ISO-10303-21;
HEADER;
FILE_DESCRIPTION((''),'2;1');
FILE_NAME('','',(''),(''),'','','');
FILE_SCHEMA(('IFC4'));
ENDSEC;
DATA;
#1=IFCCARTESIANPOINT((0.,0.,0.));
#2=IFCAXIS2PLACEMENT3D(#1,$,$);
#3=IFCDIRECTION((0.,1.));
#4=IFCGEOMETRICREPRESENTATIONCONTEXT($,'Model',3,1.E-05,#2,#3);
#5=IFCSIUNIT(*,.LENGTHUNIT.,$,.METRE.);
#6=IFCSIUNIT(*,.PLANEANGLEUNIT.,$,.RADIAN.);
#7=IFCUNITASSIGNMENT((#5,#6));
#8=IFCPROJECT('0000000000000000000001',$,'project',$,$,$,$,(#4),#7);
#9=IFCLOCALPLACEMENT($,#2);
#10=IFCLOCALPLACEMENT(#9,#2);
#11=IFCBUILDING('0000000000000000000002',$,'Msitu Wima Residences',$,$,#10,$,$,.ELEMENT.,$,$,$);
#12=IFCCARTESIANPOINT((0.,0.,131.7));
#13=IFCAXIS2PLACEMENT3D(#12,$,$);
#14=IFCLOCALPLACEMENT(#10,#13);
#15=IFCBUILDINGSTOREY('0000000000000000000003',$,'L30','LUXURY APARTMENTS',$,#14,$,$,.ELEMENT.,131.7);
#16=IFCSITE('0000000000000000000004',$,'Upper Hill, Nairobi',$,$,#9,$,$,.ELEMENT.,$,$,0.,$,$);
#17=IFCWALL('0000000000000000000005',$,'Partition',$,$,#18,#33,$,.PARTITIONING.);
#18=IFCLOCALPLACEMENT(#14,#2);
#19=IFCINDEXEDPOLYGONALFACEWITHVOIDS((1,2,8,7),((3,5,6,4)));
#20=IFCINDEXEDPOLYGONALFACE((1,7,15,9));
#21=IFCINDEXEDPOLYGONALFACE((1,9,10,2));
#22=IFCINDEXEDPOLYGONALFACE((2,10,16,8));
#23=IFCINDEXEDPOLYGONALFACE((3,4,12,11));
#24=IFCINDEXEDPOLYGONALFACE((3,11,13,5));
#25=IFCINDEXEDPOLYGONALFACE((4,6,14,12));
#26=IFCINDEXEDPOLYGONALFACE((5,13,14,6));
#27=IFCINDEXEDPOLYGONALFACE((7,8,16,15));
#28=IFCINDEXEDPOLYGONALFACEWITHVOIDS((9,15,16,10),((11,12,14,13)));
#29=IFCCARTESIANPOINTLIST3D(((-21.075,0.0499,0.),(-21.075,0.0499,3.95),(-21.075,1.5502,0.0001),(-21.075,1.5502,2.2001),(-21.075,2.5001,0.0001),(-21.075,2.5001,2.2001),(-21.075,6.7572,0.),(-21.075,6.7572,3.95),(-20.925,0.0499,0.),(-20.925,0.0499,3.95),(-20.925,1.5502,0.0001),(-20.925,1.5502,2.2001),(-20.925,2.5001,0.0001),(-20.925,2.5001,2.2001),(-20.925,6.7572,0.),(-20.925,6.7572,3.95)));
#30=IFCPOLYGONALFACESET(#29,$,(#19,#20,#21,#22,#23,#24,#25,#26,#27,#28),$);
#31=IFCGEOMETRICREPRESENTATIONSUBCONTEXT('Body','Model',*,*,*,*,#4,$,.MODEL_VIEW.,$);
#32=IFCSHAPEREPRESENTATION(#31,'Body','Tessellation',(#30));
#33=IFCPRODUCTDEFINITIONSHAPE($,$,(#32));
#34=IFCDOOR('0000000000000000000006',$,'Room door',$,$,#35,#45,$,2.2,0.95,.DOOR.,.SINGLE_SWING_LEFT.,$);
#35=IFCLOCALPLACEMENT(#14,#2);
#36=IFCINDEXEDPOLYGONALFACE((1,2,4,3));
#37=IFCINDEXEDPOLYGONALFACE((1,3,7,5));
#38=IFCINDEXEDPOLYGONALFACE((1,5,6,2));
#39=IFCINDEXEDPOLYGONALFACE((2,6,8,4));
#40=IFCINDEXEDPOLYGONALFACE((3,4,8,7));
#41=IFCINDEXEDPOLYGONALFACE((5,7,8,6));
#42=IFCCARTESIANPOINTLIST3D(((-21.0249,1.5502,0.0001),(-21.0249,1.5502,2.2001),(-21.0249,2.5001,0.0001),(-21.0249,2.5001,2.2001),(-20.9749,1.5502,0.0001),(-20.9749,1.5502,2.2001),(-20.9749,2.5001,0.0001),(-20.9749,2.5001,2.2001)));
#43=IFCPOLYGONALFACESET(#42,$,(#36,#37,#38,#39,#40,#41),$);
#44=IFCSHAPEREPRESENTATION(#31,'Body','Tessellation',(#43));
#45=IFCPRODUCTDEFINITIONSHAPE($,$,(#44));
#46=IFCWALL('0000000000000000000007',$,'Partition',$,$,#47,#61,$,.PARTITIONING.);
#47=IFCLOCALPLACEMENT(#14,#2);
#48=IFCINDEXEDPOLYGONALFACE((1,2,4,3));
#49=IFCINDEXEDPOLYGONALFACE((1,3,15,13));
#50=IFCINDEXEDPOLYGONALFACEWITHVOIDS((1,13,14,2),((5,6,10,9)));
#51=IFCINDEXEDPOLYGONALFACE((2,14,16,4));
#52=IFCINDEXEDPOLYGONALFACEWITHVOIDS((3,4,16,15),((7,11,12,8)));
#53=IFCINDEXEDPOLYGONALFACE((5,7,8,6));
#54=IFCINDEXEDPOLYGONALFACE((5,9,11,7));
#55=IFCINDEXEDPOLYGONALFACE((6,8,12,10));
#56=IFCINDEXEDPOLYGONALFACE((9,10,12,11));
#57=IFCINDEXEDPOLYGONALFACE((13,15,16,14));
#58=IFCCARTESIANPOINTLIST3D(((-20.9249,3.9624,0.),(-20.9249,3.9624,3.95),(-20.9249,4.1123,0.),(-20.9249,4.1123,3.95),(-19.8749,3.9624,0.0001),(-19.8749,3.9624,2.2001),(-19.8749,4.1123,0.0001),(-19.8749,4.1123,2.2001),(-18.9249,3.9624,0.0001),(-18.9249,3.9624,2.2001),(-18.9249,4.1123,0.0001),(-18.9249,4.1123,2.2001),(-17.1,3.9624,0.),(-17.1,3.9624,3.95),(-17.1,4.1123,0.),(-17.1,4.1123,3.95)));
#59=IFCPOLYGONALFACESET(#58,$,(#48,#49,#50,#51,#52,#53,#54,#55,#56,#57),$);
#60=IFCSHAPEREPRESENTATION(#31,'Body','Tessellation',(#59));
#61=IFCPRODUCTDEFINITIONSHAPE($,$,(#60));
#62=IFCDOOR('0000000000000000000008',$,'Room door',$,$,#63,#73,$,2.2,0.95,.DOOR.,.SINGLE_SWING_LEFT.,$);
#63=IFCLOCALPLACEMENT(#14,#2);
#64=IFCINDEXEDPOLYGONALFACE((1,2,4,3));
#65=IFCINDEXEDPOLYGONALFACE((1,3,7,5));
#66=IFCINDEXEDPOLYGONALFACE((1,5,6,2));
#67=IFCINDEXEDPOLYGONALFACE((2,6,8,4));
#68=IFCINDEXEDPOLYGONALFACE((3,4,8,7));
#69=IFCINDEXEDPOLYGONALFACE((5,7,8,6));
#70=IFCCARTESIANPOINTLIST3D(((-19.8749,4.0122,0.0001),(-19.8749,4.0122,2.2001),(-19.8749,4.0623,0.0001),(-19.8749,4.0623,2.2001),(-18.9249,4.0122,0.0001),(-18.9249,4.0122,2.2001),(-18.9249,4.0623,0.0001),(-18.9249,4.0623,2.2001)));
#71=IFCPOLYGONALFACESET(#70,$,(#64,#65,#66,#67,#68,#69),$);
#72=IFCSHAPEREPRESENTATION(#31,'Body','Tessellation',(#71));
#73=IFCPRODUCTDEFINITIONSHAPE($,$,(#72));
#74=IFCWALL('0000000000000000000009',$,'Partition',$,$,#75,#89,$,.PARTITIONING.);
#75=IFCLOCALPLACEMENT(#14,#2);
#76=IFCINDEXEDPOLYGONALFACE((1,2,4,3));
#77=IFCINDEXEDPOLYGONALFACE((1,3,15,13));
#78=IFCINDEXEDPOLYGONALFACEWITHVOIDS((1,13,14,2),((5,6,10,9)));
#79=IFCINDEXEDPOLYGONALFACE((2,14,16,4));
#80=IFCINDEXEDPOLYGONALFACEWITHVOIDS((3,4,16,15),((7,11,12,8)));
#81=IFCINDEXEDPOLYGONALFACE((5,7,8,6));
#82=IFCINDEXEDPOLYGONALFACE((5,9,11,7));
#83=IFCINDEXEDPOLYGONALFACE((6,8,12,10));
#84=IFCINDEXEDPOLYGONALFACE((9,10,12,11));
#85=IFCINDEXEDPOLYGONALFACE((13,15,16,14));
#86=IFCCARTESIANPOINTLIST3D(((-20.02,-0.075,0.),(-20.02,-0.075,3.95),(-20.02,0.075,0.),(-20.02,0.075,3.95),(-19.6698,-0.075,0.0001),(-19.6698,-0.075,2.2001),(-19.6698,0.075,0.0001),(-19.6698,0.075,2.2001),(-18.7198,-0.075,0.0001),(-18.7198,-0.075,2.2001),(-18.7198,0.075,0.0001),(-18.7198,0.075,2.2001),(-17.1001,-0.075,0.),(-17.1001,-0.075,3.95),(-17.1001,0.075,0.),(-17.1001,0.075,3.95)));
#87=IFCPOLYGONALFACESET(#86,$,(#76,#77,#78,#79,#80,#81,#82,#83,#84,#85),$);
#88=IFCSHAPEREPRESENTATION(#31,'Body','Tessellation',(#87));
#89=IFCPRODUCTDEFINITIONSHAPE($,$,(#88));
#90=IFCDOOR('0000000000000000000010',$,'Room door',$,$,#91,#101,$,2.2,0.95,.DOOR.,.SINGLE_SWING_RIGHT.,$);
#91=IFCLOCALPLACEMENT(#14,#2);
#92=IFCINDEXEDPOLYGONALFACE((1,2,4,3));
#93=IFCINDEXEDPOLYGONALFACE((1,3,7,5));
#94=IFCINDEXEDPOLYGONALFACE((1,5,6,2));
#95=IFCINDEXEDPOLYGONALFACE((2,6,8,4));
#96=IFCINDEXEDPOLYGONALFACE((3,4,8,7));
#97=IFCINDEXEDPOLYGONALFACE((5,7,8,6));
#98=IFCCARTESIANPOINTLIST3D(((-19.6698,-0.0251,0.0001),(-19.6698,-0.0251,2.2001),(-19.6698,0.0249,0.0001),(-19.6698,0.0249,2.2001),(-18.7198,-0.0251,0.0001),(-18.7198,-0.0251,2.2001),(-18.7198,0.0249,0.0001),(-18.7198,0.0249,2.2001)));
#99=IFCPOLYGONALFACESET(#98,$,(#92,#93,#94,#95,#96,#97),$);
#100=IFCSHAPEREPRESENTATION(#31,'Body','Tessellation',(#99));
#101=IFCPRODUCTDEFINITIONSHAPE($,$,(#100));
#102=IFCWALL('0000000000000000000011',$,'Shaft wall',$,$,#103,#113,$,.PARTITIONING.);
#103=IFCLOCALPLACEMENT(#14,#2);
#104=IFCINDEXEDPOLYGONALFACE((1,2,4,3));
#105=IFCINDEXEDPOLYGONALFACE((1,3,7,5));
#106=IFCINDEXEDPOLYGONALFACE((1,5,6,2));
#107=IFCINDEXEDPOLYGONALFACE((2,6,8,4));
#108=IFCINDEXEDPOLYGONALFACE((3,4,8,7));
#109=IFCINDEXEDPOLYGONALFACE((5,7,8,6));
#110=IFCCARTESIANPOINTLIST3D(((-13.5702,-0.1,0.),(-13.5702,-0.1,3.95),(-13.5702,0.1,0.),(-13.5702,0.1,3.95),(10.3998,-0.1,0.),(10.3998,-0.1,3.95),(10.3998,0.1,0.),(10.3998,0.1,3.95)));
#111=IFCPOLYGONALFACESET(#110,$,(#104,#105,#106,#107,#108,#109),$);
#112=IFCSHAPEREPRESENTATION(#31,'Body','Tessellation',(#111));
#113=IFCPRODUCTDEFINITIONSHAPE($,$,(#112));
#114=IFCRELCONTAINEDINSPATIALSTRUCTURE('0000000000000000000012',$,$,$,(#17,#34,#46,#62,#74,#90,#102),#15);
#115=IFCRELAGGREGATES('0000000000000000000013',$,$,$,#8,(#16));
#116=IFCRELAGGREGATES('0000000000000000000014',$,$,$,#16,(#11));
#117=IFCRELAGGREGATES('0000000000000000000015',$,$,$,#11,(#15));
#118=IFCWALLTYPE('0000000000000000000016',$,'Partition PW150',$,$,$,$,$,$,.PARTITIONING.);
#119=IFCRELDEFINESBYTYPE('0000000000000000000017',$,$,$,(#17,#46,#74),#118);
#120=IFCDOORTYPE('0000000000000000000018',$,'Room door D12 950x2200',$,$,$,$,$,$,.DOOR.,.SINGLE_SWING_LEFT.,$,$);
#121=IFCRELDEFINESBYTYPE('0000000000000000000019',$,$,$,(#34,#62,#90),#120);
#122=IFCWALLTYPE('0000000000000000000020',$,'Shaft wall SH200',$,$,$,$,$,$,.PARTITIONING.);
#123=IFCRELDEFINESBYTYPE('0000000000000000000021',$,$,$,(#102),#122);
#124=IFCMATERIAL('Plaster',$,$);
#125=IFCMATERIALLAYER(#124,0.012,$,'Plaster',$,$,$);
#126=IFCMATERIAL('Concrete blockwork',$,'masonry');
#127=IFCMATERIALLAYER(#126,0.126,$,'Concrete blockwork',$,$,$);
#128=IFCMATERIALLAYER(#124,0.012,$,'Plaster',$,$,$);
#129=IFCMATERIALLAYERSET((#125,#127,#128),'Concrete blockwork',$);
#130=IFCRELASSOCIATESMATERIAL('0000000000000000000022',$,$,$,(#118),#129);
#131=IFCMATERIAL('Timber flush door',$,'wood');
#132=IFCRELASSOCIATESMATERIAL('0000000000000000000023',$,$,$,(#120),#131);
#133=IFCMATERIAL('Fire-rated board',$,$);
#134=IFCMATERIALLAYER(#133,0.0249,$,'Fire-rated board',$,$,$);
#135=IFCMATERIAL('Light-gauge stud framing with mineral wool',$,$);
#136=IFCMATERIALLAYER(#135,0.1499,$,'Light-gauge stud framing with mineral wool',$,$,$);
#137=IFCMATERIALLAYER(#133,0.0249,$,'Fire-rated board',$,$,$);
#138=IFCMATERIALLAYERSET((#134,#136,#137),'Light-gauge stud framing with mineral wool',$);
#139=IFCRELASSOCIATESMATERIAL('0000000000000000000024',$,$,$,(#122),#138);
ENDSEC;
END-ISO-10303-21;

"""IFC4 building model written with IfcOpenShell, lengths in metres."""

from ifc_helpers import new_model, si_unit, direction, frame, frame_2d, origin, place, context, subcontext, project, spatial, rectangle, extrude, material, layer, layer_set, type_object, element, fill, save


model = new_model("IFC4")

# Units and contexts
model_context = context("Model", 3, precision=1e-05, world=origin(), true_north=direction((0.0, 1.0)))
body_context = subcontext(model_context, "Body", "Model", "MODEL_VIEW")
ifc_project = project(units=[si_unit("LENGTHUNIT", "METRE"), si_unit("PLANEANGLEUNIT", "RADIAN")], contexts=[model_context])

# Site, building, storey
site_placement = place(None, origin())
site = spatial("IfcSite", under=ifc_project, at=site_placement, Name="Upper Hill, Nairobi", CompositionType="ELEMENT", RefElevation=0.0)
building_placement = place(site_placement, origin())
building = spatial("IfcBuilding", under=site, at=building_placement, Name="Msitu Wima Residences", CompositionType="ELEMENT")
storey_placement = place(building_placement, frame((0.0, 0.0, 131.7)))
storey = spatial("IfcBuildingStorey", under=building, at=storey_placement, Name="L30", Description="LUXURY APARTMENTS", CompositionType="ELEMENT", Elevation=131.7)

# Walls, openings, doors
ifc_material_1 = material(Name="Plaster")
ifc_layer_1 = layer(ifc_material_1, 0.012, Name="Plaster")
ifc_material_2 = material(Name="Concrete blockwork", Category="masonry")
ifc_layer_2 = layer(ifc_material_2, 0.126, Name="Concrete blockwork")
ifc_layer_3 = layer(ifc_material_1, 0.012, Name="Plaster")
ifc_layer_set_1 = layer_set([ifc_layer_1, ifc_layer_2, ifc_layer_3], Name="Concrete blockwork")
wall_type_1 = type_object("IfcWallType", Name="Partition PW150", PredefinedType="PARTITIONING", material=ifc_layer_set_1)
wall_1_placement = place(storey_placement, frame((-21.0, 0.05, 0.0), z_axis=(0.0, 0.0, 1.0), x_axis=(0.0, 1.0, 0.0)))
wall_1 = element("IfcWall", 1, at=wall_1_placement, inside=storey, type_object=wall_type_1, Name="Partition", PredefinedType="PARTITIONING", context=body_context, shape_type="SweptSolid", body=[
    extrude(rectangle(XDim=6.7073, YDim=0.1499, at=frame_2d((3.3535, 0.0))), origin(), (0.0, 0.0, 1.0), 3.95),
])
opening_1_placement = place(wall_1_placement, frame((1.5, 0.0, 0.0)))
opening_1 = element("IfcOpeningElement", 2, at=opening_1_placement, cuts=wall_1, PredefinedType="OPENING", context=body_context, shape_type="SweptSolid", body=[
    extrude(rectangle(XDim=0.95, YDim=2.2, at=frame_2d((0.4751, 1.1001))), frame((0.0, 0.085, 0.0), z_axis=(0.0, -1.0, 0.0), x_axis=(1.0, 0.0, 0.0)), (0.0, 0.0, 1.0), 0.1699),
])
ifc_material_3 = material(Name="Timber flush door", Category="wood")
door_type_1 = type_object("IfcDoorType", Name="Room door D12 950x2200", OperationType="SINGLE_SWING_LEFT", PredefinedType="DOOR", material=ifc_material_3)
door_1_placement = place(opening_1_placement, origin())
door_1 = element("IfcDoor", 3, at=door_1_placement, inside=storey, type_object=door_type_1, Name="Room door", OperationType="SINGLE_SWING_LEFT", OverallHeight=2.2, OverallWidth=0.95, PredefinedType="DOOR", context=body_context, shape_type="SweptSolid", body=[
    extrude(rectangle(XDim=0.95, YDim=2.2, at=frame_2d((0.4751, 1.1001))), frame((0.0, 0.0249, 0.0), z_axis=(0.0, -1.0, 0.0), x_axis=(1.0, 0.0, 0.0)), (0.0, 0.0, 1.0), 0.05),
])
fill(opening_1, door_1)
wall_2_placement = place(storey_placement, frame((-20.925, 4.0374, 0.0), z_axis=(0.0, 0.0, 1.0), x_axis=(1.0, 0.0, 0.0)))
wall_2 = element("IfcWall", 4, at=wall_2_placement, inside=storey, type_object=wall_type_1, Name="Partition", PredefinedType="PARTITIONING", context=body_context, shape_type="SweptSolid", body=[
    extrude(rectangle(XDim=3.825, YDim=0.1499, at=frame_2d((1.9126, 0.0))), origin(), (0.0, 0.0, 1.0), 3.95),
])
opening_2_placement = place(wall_2_placement, frame((1.05, 0.0, 0.0)))
opening_2 = element("IfcOpeningElement", 5, at=opening_2_placement, cuts=wall_2, PredefinedType="OPENING", context=body_context, shape_type="SweptSolid", body=[
    extrude(rectangle(XDim=0.95, YDim=2.2, at=frame_2d((0.4751, 1.1001))), frame((0.0, 0.085, 0.0), z_axis=(0.0, -1.0, 0.0), x_axis=(1.0, 0.0, 0.0)), (0.0, 0.0, 1.0), 0.1699),
])
door_2_placement = place(opening_2_placement, origin())
door_2 = element("IfcDoor", 6, at=door_2_placement, inside=storey, type_object=door_type_1, Name="Room door", OperationType="SINGLE_SWING_LEFT", OverallHeight=2.2, OverallWidth=0.95, PredefinedType="DOOR", context=body_context, shape_type="SweptSolid", body=[
    extrude(rectangle(XDim=0.95, YDim=2.2, at=frame_2d((0.4751, 1.1001))), frame((0.0, 0.0249, 0.0), z_axis=(0.0, -1.0, 0.0), x_axis=(1.0, 0.0, 0.0)), (0.0, 0.0, 1.0), 0.05),
])
fill(opening_2, door_2)
wall_3_placement = place(storey_placement, frame((-20.02, 0.0, 0.0), z_axis=(0.0, 0.0, 1.0), x_axis=(1.0, 0.0, 0.0)))
wall_3 = element("IfcWall", 7, at=wall_3_placement, inside=storey, type_object=wall_type_1, Name="Partition", PredefinedType="PARTITIONING", context=body_context, shape_type="SweptSolid", body=[
    extrude(rectangle(XDim=2.9199, YDim=0.1499, at=frame_2d((1.46, 0.0))), origin(), (0.0, 0.0, 1.0), 3.95),
])
opening_3_placement = place(wall_3_placement, frame((0.3501, 0.0, 0.0)))
opening_3 = element("IfcOpeningElement", 8, at=opening_3_placement, cuts=wall_3, PredefinedType="OPENING", context=body_context, shape_type="SweptSolid", body=[
    extrude(rectangle(XDim=0.95, YDim=2.2, at=frame_2d((0.4751, 1.1001))), frame((0.0, 0.085, 0.0), z_axis=(0.0, -1.0, 0.0), x_axis=(1.0, 0.0, 0.0)), (0.0, 0.0, 1.0), 0.1699),
])
door_3_placement = place(opening_3_placement, origin())
door_3 = element("IfcDoor", 9, at=door_3_placement, inside=storey, type_object=door_type_1, Name="Room door", OperationType="SINGLE_SWING_RIGHT", OverallHeight=2.2, OverallWidth=0.95, PredefinedType="DOOR", context=body_context, shape_type="SweptSolid", body=[
    extrude(rectangle(XDim=0.95, YDim=2.2, at=frame_2d((0.4751, 1.1001))), frame((0.0, 0.0249, 0.0), z_axis=(0.0, -1.0, 0.0), x_axis=(1.0, 0.0, 0.0)), (0.0, 0.0, 1.0), 0.05),
])
fill(opening_3, door_3)

# Wall
ifc_material_4 = material(Name="Fire-rated board")
ifc_layer_4 = layer(ifc_material_4, 0.0249, Name="Fire-rated board")
ifc_material_5 = material(Name="Light-gauge stud framing with mineral wool")
ifc_layer_5 = layer(ifc_material_5, 0.1499, Name="Light-gauge stud framing with mineral wool")
ifc_layer_6 = layer(ifc_material_4, 0.0249, Name="Fire-rated board")
ifc_layer_set_2 = layer_set([ifc_layer_4, ifc_layer_5, ifc_layer_6], Name="Light-gauge stud framing with mineral wool")
wall_type_2 = type_object("IfcWallType", Name="Shaft wall SH200", PredefinedType="PARTITIONING", material=ifc_layer_set_2)
wall_4_placement = place(storey_placement, frame((-13.5701, 0.0, 0.0), z_axis=(0.0, 0.0, 1.0), x_axis=(1.0, 0.0, 0.0)))
element("IfcWall", 10, at=wall_4_placement, inside=storey, type_object=wall_type_2, Name="Shaft wall", PredefinedType="PARTITIONING", context=body_context, shape_type="SweptSolid", body=[
    extrude(rectangle(XDim=23.97, YDim=0.2, at=frame_2d((11.9849, 0.0))), origin(), (0.0, 0.0, 1.0), 3.95),
])

save(model, "model.ifc")
